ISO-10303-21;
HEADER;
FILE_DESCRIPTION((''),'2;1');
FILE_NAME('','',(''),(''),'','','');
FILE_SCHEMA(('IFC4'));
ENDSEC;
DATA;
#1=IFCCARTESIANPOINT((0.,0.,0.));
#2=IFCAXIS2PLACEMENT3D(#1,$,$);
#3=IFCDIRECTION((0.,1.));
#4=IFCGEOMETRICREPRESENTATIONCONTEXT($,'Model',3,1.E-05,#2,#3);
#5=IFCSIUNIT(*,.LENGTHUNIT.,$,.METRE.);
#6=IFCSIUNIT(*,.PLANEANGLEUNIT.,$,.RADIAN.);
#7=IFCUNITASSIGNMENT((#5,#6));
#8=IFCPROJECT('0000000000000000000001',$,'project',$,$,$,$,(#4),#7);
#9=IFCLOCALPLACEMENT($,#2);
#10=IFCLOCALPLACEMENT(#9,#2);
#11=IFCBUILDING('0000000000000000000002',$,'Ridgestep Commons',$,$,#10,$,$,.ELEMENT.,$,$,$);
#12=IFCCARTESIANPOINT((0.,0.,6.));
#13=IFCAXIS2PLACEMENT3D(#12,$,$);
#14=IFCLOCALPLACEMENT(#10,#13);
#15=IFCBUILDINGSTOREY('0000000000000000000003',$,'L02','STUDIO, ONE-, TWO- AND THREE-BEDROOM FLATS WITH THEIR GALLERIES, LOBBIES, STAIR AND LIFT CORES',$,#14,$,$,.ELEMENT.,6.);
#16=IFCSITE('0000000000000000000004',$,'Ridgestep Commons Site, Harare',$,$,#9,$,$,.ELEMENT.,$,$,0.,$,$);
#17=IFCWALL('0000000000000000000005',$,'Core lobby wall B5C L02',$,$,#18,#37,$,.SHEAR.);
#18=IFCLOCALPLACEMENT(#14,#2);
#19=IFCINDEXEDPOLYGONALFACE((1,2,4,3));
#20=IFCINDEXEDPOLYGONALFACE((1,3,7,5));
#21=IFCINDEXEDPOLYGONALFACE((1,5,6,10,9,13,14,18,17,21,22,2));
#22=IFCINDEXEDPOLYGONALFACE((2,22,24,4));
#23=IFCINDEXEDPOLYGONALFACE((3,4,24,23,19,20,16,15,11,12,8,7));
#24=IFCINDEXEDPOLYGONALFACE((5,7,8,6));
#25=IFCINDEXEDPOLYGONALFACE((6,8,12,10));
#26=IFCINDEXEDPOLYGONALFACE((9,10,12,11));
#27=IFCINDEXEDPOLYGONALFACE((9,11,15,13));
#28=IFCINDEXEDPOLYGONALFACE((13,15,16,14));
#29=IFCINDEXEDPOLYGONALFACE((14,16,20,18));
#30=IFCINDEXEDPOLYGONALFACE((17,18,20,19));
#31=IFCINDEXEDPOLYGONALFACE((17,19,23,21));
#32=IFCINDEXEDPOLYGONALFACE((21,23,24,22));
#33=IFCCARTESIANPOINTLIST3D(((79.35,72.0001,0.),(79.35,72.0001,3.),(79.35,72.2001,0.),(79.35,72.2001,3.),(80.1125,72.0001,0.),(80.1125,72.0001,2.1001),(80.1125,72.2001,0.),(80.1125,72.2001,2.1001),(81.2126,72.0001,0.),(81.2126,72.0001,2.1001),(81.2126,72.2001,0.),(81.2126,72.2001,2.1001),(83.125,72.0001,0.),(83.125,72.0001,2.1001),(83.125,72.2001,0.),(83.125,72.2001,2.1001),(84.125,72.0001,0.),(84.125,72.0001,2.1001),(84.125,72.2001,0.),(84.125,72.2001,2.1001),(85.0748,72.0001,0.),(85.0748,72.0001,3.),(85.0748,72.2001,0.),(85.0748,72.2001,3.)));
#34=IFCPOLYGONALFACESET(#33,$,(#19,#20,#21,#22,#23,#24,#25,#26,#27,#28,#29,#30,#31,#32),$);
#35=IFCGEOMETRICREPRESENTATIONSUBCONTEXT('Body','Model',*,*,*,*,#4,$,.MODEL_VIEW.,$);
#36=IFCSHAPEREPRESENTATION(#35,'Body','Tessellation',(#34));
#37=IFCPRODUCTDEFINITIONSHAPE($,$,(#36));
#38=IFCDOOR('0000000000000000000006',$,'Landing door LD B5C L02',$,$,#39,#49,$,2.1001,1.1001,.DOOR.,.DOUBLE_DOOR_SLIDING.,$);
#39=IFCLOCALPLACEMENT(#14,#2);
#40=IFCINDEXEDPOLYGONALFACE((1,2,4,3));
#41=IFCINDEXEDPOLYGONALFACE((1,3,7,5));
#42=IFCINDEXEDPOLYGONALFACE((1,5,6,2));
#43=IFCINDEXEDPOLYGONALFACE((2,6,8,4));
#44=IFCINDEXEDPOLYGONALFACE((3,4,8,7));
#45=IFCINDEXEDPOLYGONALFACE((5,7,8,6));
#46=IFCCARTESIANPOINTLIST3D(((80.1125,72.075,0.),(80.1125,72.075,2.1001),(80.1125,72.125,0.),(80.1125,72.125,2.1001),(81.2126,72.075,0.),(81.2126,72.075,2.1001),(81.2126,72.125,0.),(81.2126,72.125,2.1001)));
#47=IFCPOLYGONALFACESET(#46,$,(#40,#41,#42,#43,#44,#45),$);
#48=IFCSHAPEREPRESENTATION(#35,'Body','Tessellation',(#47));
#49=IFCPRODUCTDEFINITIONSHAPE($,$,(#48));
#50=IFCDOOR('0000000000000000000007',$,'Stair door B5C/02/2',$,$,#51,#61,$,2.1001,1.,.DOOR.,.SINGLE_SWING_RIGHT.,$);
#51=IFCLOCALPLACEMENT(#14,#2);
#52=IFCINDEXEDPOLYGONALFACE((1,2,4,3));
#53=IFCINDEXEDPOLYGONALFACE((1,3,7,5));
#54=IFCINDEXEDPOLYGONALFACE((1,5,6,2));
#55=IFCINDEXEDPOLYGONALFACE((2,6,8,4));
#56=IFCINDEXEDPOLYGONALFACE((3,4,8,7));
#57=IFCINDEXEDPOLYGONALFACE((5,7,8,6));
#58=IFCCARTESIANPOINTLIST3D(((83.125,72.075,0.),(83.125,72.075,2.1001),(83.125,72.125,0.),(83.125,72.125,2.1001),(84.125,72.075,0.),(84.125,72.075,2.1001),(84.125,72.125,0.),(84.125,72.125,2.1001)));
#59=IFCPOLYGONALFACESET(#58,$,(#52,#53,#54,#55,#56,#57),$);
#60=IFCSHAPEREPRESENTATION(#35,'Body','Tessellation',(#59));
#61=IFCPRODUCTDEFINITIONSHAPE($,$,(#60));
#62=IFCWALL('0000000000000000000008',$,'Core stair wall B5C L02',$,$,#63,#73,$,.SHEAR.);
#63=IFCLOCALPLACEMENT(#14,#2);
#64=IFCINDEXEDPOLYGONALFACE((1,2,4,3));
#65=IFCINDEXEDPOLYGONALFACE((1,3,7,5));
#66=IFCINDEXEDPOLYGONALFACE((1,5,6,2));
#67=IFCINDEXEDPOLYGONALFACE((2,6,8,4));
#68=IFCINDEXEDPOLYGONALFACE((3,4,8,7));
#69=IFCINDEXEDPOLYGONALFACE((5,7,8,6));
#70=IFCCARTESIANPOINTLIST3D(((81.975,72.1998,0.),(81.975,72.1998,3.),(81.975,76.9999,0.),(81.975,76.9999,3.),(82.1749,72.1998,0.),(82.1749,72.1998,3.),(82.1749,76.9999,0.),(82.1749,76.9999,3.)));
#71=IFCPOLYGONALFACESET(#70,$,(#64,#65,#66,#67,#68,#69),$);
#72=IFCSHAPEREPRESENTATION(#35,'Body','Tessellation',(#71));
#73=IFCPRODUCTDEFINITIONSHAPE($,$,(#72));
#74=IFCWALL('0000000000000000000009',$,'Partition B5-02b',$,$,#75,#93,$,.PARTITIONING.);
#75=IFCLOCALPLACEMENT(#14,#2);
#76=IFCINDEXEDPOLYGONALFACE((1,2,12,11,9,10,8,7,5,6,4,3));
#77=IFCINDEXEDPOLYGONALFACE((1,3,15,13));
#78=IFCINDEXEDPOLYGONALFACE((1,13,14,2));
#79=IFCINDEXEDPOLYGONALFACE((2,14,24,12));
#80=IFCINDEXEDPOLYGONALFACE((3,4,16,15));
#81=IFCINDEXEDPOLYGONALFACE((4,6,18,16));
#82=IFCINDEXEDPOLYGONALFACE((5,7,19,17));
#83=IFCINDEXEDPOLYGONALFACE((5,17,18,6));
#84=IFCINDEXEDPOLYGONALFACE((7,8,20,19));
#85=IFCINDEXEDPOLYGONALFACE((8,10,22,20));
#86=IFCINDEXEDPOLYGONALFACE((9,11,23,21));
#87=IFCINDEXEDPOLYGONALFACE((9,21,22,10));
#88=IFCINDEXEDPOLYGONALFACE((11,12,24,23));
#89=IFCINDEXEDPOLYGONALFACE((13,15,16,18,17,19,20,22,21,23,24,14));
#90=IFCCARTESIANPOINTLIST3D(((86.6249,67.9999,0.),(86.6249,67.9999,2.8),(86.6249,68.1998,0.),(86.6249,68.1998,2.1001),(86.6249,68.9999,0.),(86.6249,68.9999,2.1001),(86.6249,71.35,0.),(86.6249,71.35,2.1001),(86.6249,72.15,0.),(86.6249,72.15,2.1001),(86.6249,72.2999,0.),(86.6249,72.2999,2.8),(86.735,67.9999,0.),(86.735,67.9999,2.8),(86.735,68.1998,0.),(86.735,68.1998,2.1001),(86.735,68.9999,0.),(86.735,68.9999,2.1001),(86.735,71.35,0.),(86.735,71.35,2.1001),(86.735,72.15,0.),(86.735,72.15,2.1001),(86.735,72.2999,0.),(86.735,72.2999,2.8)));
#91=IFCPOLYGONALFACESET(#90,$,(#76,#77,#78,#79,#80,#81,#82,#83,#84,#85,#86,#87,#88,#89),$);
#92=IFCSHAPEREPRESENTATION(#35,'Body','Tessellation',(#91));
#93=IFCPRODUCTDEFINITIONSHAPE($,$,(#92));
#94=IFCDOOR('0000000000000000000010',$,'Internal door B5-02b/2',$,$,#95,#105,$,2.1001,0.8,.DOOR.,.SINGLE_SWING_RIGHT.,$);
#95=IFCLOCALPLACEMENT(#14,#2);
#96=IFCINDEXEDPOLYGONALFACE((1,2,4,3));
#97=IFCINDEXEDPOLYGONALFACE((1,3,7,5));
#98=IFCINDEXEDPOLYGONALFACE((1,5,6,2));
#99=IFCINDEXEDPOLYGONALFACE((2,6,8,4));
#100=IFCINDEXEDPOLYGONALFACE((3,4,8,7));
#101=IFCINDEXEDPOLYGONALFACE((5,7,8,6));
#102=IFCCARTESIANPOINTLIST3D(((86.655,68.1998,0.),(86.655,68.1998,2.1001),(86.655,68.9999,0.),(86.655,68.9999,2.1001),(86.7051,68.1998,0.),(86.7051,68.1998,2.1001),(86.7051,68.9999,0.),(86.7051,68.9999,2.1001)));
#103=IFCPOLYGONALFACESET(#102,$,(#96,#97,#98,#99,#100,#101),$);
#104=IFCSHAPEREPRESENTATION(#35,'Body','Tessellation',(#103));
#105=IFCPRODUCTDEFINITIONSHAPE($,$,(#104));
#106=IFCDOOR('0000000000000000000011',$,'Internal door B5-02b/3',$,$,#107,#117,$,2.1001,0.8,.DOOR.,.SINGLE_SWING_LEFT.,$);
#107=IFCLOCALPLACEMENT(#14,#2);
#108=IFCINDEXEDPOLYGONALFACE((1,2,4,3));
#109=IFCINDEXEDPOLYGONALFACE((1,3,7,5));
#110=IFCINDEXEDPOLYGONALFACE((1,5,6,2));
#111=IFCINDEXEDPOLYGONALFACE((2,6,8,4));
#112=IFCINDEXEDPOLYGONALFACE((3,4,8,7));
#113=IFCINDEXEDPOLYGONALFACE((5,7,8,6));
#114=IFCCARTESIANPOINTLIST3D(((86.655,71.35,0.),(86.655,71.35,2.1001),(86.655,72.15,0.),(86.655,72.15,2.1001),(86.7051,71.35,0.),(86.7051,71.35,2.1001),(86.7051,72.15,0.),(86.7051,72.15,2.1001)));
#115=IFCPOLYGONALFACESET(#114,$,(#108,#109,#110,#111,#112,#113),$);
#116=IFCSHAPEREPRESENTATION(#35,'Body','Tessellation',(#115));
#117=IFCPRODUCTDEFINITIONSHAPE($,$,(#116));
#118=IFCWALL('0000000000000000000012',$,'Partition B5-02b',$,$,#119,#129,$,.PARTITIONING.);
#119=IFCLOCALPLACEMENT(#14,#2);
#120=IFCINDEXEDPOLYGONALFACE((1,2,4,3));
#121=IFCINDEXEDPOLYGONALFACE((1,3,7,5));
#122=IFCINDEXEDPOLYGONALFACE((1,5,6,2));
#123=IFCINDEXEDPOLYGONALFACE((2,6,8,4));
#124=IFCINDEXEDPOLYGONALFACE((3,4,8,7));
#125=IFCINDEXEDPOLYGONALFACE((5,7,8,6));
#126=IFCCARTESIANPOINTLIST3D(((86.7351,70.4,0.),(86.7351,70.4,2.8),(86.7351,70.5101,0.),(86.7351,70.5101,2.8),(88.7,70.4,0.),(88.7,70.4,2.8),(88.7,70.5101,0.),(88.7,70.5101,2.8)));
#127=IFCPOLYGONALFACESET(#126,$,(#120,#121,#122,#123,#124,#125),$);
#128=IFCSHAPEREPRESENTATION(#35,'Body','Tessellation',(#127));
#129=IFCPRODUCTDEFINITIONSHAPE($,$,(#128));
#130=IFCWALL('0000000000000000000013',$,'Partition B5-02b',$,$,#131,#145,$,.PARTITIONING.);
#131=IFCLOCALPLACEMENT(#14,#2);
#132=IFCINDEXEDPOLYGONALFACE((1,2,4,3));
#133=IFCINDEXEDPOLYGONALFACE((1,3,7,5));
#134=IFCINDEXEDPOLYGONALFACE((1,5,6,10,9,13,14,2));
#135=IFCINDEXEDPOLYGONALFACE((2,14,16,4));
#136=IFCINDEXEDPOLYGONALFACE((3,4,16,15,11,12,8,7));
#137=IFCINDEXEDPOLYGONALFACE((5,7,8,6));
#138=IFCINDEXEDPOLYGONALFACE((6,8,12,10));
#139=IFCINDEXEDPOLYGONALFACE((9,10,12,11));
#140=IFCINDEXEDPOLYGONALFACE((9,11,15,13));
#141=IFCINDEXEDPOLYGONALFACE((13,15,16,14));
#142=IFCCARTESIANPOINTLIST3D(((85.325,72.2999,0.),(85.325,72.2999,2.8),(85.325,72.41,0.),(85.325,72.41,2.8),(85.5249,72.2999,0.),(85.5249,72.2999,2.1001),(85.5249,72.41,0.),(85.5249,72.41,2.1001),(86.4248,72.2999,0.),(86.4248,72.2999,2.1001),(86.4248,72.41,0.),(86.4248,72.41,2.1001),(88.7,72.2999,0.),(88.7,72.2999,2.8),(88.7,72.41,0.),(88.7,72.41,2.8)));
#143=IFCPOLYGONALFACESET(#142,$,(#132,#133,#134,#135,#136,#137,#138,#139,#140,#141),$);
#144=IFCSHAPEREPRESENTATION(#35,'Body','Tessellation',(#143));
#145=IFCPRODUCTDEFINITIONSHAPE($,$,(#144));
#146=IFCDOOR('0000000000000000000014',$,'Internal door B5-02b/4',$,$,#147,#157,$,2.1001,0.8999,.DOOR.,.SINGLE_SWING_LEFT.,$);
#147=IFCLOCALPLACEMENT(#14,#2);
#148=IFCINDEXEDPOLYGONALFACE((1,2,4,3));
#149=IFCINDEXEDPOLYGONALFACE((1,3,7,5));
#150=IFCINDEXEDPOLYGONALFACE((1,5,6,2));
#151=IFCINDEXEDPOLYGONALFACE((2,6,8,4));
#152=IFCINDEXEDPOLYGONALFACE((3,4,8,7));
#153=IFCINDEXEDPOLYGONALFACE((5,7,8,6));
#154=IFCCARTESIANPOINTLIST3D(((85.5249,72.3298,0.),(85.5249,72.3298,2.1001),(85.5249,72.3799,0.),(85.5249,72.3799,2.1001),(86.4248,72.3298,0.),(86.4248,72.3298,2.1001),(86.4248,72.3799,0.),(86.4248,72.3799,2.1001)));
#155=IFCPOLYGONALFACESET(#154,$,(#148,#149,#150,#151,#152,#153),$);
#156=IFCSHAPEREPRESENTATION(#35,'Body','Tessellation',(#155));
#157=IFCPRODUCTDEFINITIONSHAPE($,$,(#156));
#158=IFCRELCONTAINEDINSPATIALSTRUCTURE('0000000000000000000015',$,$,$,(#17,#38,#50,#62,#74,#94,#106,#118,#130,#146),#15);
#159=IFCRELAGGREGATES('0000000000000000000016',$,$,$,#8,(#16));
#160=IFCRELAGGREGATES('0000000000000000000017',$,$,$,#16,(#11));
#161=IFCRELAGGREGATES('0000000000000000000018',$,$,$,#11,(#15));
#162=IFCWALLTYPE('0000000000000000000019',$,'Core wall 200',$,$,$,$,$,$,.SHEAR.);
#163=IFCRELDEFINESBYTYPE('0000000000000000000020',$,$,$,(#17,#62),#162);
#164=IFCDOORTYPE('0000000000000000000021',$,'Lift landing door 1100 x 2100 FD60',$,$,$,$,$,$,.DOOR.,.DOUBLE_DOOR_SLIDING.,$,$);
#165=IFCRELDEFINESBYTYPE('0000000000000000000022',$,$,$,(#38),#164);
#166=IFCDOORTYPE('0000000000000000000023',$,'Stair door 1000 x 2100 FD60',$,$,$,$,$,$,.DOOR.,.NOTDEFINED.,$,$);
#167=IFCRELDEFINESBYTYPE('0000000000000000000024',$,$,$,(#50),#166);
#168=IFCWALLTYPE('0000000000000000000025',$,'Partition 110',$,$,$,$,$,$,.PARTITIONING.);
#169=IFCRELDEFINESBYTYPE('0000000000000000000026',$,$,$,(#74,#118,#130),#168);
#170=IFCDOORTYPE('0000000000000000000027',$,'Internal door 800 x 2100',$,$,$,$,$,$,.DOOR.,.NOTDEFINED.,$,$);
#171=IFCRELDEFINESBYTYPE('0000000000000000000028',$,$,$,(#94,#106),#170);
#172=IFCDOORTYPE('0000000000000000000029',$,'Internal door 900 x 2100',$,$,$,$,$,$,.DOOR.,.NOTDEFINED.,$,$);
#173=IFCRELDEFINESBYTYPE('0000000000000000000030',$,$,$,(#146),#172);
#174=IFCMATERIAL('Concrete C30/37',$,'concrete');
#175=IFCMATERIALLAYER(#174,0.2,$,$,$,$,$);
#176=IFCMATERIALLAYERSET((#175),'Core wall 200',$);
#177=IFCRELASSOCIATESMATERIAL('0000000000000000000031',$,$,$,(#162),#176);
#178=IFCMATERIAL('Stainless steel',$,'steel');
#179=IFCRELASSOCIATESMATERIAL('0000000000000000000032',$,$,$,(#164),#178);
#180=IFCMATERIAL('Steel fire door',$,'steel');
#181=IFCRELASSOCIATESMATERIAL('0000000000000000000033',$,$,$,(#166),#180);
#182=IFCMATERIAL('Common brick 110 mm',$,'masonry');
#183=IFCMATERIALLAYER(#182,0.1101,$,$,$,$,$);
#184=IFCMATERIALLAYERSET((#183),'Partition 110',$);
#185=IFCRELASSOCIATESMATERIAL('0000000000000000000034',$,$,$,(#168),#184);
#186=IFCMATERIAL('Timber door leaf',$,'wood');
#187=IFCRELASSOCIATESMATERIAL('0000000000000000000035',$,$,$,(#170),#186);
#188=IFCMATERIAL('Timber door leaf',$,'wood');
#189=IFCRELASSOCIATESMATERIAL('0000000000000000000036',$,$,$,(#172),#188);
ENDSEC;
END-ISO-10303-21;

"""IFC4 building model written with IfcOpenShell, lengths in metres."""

from ifc_helpers import new_model, si_unit, direction, frame, frame_2d, origin, place, context, subcontext, project, spatial, rectangle, extrude, material, layer, layer_set, type_object, element, fill, save


model = new_model("IFC4")

# Units and contexts
model_context = context("Model", 3, precision=1e-05, world=origin(), true_north=direction((0.0, 1.0)))
body_context = subcontext(model_context, "Body", "Model", "MODEL_VIEW")
ifc_project = project(units=[si_unit("LENGTHUNIT", "METRE"), si_unit("PLANEANGLEUNIT", "RADIAN")], contexts=[model_context])

# Site, building, storey
site_placement = place(None, origin())
site = spatial("IfcSite", under=ifc_project, at=site_placement, Name="Ridgestep Commons Site, Harare", CompositionType="ELEMENT", RefElevation=0.0)
building_placement = place(site_placement, origin())
building = spatial("IfcBuilding", under=site, at=building_placement, Name="Ridgestep Commons", CompositionType="ELEMENT")
storey_placement = place(building_placement, frame((0.0, 0.0, 6.0)))
storey = spatial("IfcBuildingStorey", under=building, at=storey_placement, Name="L02", Description="STUDIO, ONE-, TWO- AND THREE-BEDROOM FLATS WITH THEIR GALLERIES, LOBBIES, STAIR AND LIFT CORES", CompositionType="ELEMENT", Elevation=6.0)

# Shared definitions
ifc_material_1 = material(Name="Concrete C30/37", Category="concrete")
ifc_layer_1 = layer(ifc_material_1, 0.2)
ifc_layer_set_1 = layer_set([ifc_layer_1], Name="Core wall 200")
wall_type_1 = type_object("IfcWallType", Name="Core wall 200", PredefinedType="SHEAR", material=ifc_layer_set_1)
ifc_material_2 = material(Name="Stainless steel", Category="steel")
door_type_1 = type_object("IfcDoorType", Name="Lift landing door 1100 x 2100 FD60", OperationType="DOUBLE_DOOR_SLIDING", PredefinedType="DOOR", material=ifc_material_2)
ifc_material_3 = material(Name="Steel fire door", Category="steel")
door_type_2 = type_object("IfcDoorType", Name="Stair door 1000 x 2100 FD60", OperationType="NOTDEFINED", PredefinedType="DOOR", material=ifc_material_3)

# Wall, openings, doors
wall_1_placement = place(storey_placement, frame((79.3501, 72.1001, 0.0), z_axis=(0.0, 0.0, 1.0), x_axis=(1.0, 0.0, 0.0)))
wall_1 = element("IfcWall", 1, at=wall_1_placement, inside=storey, type_object=wall_type_1, Name="Core lobby wall B5C L02", PredefinedType="SHEAR", context=body_context, shape_type="SweptSolid", body=[
    extrude(rectangle(XDim=5.7249, YDim=0.2, at=frame_2d((2.8623, 0.0))), origin(), (0.0, 0.0, 1.0), 3.0),
])
opening_1_placement = place(wall_1_placement, frame((3.7749, 0.0, 0.0)))
opening_1 = element("IfcOpeningElement", 2, at=opening_1_placement, cuts=wall_1, PredefinedType="OPENING", context=body_context, shape_type="SweptSolid", body=[
    extrude(rectangle(XDim=1.0, YDim=2.1001, at=frame_2d((0.5, 1.05))), frame((0.0, 0.1099, 0.0), z_axis=(0.0, -1.0, 0.0), x_axis=(1.0, 0.0, 0.0)), (0.0, 0.0, 1.0), 0.22),
])
opening_2_placement = place(wall_1_placement, frame((0.7625, 0.0, 0.0)))
opening_2 = element("IfcOpeningElement", 3, at=opening_2_placement, cuts=wall_1, PredefinedType="OPENING", context=body_context, shape_type="SweptSolid", body=[
    extrude(rectangle(XDim=1.1001, YDim=2.1001, at=frame_2d((0.55, 1.05))), frame((0.0, 0.1099, 0.0), z_axis=(0.0, -1.0, 0.0), x_axis=(1.0, 0.0, 0.0)), (0.0, 0.0, 1.0), 0.22),
])
door_1_placement = place(opening_2_placement, origin())
door_1 = element("IfcDoor", 4, at=door_1_placement, inside=storey, type_object=door_type_1, Name="Landing door LD B5C L02", OperationType="DOUBLE_DOOR_SLIDING", OverallHeight=2.1001, OverallWidth=1.1001, PredefinedType="DOOR", context=body_context, shape_type="SweptSolid", body=[
    extrude(rectangle(XDim=1.1001, YDim=2.1001, at=frame_2d((0.55, 1.05))), frame((0.0, 0.0249, 0.0), z_axis=(0.0, -1.0, 0.0), x_axis=(1.0, 0.0, 0.0)), (0.0, 0.0, 1.0), 0.05),
])
fill(opening_2, door_1)
door_2_placement = place(opening_1_placement, origin())
door_2 = element("IfcDoor", 5, at=door_2_placement, inside=storey, type_object=door_type_2, Name="Stair door B5C/02/2", OperationType="SINGLE_SWING_RIGHT", OverallHeight=2.1001, OverallWidth=1.0, PredefinedType="DOOR", context=body_context, shape_type="SweptSolid", body=[
    extrude(rectangle(XDim=1.0, YDim=2.1001, at=frame_2d((0.5, 1.05))), frame((0.0, 0.0249, 0.0), z_axis=(0.0, -1.0, 0.0), x_axis=(1.0, 0.0, 0.0)), (0.0, 0.0, 1.0), 0.05),
])
fill(opening_1, door_2)

# Wall
wall_2_placement = place(storey_placement, frame((82.075, 72.2, 0.0), z_axis=(0.0, 0.0, 1.0), x_axis=(0.0, 1.0, 0.0)))
element("IfcWall", 6, at=wall_2_placement, inside=storey, type_object=wall_type_1, Name="Core stair wall B5C L02", PredefinedType="SHEAR", context=body_context, shape_type="SweptSolid", body=[
    extrude(rectangle(XDim=4.8, YDim=0.2, at=frame_2d((2.3999, 0.0))), origin(), (0.0, 0.0, 1.0), 3.0),
])

# Wall, openings, doors
ifc_material_4 = material(Name="Common brick 110 mm", Category="masonry")
ifc_layer_2 = layer(ifc_material_4, 0.1101)
ifc_layer_set_2 = layer_set([ifc_layer_2], Name="Partition 110")
wall_type_2 = type_object("IfcWallType", Name="Partition 110", PredefinedType="PARTITIONING", material=ifc_layer_set_2)
wall_3_placement = place(storey_placement, frame((86.6799, 68.0, 0.0), z_axis=(0.0, 0.0, 1.0), x_axis=(0.0, 1.0, 0.0)))
wall_3 = element("IfcWall", 7, at=wall_3_placement, inside=storey, type_object=wall_type_2, Name="Partition B5-02b", PredefinedType="PARTITIONING", context=body_context, shape_type="SweptSolid", body=[
    extrude(rectangle(XDim=4.3, YDim=0.1101, at=frame_2d((2.1499, 0.0))), origin(), (0.0, 0.0, 1.0), 2.8),
])
opening_3_placement = place(wall_3_placement, frame((0.2, 0.0, 0.0)))
opening_3 = element("IfcOpeningElement", 8, at=opening_3_placement, cuts=wall_3, PredefinedType="OPENING", context=body_context, shape_type="SweptSolid", body=[
    extrude(rectangle(XDim=0.8, YDim=2.1001, at=frame_2d((0.3999, 1.05))), frame((0.0, 0.0649, 0.0), z_axis=(0.0, -1.0, 0.0), x_axis=(1.0, 0.0, 0.0)), (0.0, 0.0, 1.0), 0.1301),
])
opening_4_placement = place(wall_3_placement, frame((3.3501, 0.0, 0.0)))
opening_4 = element("IfcOpeningElement", 9, at=opening_4_placement, cuts=wall_3, PredefinedType="OPENING", context=body_context, shape_type="SweptSolid", body=[
    extrude(rectangle(XDim=0.8, YDim=2.1001, at=frame_2d((0.3999, 1.05))), frame((0.0, 0.0649, 0.0), z_axis=(0.0, -1.0, 0.0), x_axis=(1.0, 0.0, 0.0)), (0.0, 0.0, 1.0), 0.1301),
])
ifc_material_5 = material(Name="Timber door leaf", Category="wood")
door_type_3 = type_object("IfcDoorType", Name="Internal door 800 x 2100", OperationType="NOTDEFINED", PredefinedType="DOOR", material=ifc_material_5)
door_3_placement = place(opening_3_placement, origin())
door_3 = element("IfcDoor", 10, at=door_3_placement, inside=storey, type_object=door_type_3, Name="Internal door B5-02b/2", OperationType="SINGLE_SWING_RIGHT", OverallHeight=2.1001, OverallWidth=0.8, PredefinedType="DOOR", context=body_context, shape_type="SweptSolid", body=[
    extrude(rectangle(XDim=0.8, YDim=2.1001, at=frame_2d((0.3999, 1.05))), frame((0.0, 0.0249, 0.0), z_axis=(0.0, -1.0, 0.0), x_axis=(1.0, 0.0, 0.0)), (0.0, 0.0, 1.0), 0.05),
])
fill(opening_3, door_3)
door_4_placement = place(opening_4_placement, origin())
door_4 = element("IfcDoor", 11, at=door_4_placement, inside=storey, type_object=door_type_3, Name="Internal door B5-02b/3", OperationType="SINGLE_SWING_LEFT", OverallHeight=2.1001, OverallWidth=0.8, PredefinedType="DOOR", context=body_context, shape_type="SweptSolid", body=[
    extrude(rectangle(XDim=0.8, YDim=2.1001, at=frame_2d((0.3999, 1.05))), frame((0.0, 0.0249, 0.0), z_axis=(0.0, -1.0, 0.0), x_axis=(1.0, 0.0, 0.0)), (0.0, 0.0, 1.0), 0.05),
])
fill(opening_4, door_4)

# Wall
wall_4_placement = place(storey_placement, frame((86.7351, 70.4551, 0.0), z_axis=(0.0, 0.0, 1.0), x_axis=(1.0, 0.0, 0.0)))
element("IfcWall", 12, at=wall_4_placement, inside=storey, type_object=wall_type_2, Name="Partition B5-02b", PredefinedType="PARTITIONING", context=body_context, shape_type="SweptSolid", body=[
    extrude(rectangle(XDim=1.9648, YDim=0.1101, at=frame_2d((0.9824, 0.0))), origin(), (0.0, 0.0, 1.0), 2.8),
])

# Wall, opening, door
wall_5_placement = place(storey_placement, frame((85.325, 72.355, 0.0), z_axis=(0.0, 0.0, 1.0), x_axis=(1.0, 0.0, 0.0)))
wall_5 = element("IfcWall", 13, at=wall_5_placement, inside=storey, type_object=wall_type_2, Name="Partition B5-02b", PredefinedType="PARTITIONING", context=body_context, shape_type="SweptSolid", body=[
    extrude(rectangle(XDim=3.375, YDim=0.1101, at=frame_2d((1.6875, 0.0))), origin(), (0.0, 0.0, 1.0), 2.8),
])
opening_5_placement = place(wall_5_placement, frame((0.2, 0.0, 0.0)))
opening_5 = element("IfcOpeningElement", 14, at=opening_5_placement, cuts=wall_5, PredefinedType="OPENING", context=body_context, shape_type="SweptSolid", body=[
    extrude(rectangle(XDim=0.8999, YDim=2.1001, at=frame_2d((0.45, 1.05))), frame((0.0, 0.0649, 0.0), z_axis=(0.0, -1.0, 0.0), x_axis=(1.0, 0.0, 0.0)), (0.0, 0.0, 1.0), 0.1301),
])
ifc_material_6 = material(Name="Timber door leaf", Category="wood")
door_type_4 = type_object("IfcDoorType", Name="Internal door 900 x 2100", OperationType="NOTDEFINED", PredefinedType="DOOR", material=ifc_material_6)
door_5_placement = place(opening_5_placement, origin())
door_5 = element("IfcDoor", 15, at=door_5_placement, inside=storey, type_object=door_type_4, Name="Internal door B5-02b/4", OperationType="SINGLE_SWING_LEFT", OverallHeight=2.1001, OverallWidth=0.8999, PredefinedType="DOOR", context=body_context, shape_type="SweptSolid", body=[
    extrude(rectangle(XDim=0.8999, YDim=2.1001, at=frame_2d((0.45, 1.05))), frame((0.0, 0.0249, 0.0), z_axis=(0.0, -1.0, 0.0), x_axis=(1.0, 0.0, 0.0)), (0.0, 0.0, 1.0), 0.05),
])
fill(opening_5, door_5)

save(model, "model.ifc")
